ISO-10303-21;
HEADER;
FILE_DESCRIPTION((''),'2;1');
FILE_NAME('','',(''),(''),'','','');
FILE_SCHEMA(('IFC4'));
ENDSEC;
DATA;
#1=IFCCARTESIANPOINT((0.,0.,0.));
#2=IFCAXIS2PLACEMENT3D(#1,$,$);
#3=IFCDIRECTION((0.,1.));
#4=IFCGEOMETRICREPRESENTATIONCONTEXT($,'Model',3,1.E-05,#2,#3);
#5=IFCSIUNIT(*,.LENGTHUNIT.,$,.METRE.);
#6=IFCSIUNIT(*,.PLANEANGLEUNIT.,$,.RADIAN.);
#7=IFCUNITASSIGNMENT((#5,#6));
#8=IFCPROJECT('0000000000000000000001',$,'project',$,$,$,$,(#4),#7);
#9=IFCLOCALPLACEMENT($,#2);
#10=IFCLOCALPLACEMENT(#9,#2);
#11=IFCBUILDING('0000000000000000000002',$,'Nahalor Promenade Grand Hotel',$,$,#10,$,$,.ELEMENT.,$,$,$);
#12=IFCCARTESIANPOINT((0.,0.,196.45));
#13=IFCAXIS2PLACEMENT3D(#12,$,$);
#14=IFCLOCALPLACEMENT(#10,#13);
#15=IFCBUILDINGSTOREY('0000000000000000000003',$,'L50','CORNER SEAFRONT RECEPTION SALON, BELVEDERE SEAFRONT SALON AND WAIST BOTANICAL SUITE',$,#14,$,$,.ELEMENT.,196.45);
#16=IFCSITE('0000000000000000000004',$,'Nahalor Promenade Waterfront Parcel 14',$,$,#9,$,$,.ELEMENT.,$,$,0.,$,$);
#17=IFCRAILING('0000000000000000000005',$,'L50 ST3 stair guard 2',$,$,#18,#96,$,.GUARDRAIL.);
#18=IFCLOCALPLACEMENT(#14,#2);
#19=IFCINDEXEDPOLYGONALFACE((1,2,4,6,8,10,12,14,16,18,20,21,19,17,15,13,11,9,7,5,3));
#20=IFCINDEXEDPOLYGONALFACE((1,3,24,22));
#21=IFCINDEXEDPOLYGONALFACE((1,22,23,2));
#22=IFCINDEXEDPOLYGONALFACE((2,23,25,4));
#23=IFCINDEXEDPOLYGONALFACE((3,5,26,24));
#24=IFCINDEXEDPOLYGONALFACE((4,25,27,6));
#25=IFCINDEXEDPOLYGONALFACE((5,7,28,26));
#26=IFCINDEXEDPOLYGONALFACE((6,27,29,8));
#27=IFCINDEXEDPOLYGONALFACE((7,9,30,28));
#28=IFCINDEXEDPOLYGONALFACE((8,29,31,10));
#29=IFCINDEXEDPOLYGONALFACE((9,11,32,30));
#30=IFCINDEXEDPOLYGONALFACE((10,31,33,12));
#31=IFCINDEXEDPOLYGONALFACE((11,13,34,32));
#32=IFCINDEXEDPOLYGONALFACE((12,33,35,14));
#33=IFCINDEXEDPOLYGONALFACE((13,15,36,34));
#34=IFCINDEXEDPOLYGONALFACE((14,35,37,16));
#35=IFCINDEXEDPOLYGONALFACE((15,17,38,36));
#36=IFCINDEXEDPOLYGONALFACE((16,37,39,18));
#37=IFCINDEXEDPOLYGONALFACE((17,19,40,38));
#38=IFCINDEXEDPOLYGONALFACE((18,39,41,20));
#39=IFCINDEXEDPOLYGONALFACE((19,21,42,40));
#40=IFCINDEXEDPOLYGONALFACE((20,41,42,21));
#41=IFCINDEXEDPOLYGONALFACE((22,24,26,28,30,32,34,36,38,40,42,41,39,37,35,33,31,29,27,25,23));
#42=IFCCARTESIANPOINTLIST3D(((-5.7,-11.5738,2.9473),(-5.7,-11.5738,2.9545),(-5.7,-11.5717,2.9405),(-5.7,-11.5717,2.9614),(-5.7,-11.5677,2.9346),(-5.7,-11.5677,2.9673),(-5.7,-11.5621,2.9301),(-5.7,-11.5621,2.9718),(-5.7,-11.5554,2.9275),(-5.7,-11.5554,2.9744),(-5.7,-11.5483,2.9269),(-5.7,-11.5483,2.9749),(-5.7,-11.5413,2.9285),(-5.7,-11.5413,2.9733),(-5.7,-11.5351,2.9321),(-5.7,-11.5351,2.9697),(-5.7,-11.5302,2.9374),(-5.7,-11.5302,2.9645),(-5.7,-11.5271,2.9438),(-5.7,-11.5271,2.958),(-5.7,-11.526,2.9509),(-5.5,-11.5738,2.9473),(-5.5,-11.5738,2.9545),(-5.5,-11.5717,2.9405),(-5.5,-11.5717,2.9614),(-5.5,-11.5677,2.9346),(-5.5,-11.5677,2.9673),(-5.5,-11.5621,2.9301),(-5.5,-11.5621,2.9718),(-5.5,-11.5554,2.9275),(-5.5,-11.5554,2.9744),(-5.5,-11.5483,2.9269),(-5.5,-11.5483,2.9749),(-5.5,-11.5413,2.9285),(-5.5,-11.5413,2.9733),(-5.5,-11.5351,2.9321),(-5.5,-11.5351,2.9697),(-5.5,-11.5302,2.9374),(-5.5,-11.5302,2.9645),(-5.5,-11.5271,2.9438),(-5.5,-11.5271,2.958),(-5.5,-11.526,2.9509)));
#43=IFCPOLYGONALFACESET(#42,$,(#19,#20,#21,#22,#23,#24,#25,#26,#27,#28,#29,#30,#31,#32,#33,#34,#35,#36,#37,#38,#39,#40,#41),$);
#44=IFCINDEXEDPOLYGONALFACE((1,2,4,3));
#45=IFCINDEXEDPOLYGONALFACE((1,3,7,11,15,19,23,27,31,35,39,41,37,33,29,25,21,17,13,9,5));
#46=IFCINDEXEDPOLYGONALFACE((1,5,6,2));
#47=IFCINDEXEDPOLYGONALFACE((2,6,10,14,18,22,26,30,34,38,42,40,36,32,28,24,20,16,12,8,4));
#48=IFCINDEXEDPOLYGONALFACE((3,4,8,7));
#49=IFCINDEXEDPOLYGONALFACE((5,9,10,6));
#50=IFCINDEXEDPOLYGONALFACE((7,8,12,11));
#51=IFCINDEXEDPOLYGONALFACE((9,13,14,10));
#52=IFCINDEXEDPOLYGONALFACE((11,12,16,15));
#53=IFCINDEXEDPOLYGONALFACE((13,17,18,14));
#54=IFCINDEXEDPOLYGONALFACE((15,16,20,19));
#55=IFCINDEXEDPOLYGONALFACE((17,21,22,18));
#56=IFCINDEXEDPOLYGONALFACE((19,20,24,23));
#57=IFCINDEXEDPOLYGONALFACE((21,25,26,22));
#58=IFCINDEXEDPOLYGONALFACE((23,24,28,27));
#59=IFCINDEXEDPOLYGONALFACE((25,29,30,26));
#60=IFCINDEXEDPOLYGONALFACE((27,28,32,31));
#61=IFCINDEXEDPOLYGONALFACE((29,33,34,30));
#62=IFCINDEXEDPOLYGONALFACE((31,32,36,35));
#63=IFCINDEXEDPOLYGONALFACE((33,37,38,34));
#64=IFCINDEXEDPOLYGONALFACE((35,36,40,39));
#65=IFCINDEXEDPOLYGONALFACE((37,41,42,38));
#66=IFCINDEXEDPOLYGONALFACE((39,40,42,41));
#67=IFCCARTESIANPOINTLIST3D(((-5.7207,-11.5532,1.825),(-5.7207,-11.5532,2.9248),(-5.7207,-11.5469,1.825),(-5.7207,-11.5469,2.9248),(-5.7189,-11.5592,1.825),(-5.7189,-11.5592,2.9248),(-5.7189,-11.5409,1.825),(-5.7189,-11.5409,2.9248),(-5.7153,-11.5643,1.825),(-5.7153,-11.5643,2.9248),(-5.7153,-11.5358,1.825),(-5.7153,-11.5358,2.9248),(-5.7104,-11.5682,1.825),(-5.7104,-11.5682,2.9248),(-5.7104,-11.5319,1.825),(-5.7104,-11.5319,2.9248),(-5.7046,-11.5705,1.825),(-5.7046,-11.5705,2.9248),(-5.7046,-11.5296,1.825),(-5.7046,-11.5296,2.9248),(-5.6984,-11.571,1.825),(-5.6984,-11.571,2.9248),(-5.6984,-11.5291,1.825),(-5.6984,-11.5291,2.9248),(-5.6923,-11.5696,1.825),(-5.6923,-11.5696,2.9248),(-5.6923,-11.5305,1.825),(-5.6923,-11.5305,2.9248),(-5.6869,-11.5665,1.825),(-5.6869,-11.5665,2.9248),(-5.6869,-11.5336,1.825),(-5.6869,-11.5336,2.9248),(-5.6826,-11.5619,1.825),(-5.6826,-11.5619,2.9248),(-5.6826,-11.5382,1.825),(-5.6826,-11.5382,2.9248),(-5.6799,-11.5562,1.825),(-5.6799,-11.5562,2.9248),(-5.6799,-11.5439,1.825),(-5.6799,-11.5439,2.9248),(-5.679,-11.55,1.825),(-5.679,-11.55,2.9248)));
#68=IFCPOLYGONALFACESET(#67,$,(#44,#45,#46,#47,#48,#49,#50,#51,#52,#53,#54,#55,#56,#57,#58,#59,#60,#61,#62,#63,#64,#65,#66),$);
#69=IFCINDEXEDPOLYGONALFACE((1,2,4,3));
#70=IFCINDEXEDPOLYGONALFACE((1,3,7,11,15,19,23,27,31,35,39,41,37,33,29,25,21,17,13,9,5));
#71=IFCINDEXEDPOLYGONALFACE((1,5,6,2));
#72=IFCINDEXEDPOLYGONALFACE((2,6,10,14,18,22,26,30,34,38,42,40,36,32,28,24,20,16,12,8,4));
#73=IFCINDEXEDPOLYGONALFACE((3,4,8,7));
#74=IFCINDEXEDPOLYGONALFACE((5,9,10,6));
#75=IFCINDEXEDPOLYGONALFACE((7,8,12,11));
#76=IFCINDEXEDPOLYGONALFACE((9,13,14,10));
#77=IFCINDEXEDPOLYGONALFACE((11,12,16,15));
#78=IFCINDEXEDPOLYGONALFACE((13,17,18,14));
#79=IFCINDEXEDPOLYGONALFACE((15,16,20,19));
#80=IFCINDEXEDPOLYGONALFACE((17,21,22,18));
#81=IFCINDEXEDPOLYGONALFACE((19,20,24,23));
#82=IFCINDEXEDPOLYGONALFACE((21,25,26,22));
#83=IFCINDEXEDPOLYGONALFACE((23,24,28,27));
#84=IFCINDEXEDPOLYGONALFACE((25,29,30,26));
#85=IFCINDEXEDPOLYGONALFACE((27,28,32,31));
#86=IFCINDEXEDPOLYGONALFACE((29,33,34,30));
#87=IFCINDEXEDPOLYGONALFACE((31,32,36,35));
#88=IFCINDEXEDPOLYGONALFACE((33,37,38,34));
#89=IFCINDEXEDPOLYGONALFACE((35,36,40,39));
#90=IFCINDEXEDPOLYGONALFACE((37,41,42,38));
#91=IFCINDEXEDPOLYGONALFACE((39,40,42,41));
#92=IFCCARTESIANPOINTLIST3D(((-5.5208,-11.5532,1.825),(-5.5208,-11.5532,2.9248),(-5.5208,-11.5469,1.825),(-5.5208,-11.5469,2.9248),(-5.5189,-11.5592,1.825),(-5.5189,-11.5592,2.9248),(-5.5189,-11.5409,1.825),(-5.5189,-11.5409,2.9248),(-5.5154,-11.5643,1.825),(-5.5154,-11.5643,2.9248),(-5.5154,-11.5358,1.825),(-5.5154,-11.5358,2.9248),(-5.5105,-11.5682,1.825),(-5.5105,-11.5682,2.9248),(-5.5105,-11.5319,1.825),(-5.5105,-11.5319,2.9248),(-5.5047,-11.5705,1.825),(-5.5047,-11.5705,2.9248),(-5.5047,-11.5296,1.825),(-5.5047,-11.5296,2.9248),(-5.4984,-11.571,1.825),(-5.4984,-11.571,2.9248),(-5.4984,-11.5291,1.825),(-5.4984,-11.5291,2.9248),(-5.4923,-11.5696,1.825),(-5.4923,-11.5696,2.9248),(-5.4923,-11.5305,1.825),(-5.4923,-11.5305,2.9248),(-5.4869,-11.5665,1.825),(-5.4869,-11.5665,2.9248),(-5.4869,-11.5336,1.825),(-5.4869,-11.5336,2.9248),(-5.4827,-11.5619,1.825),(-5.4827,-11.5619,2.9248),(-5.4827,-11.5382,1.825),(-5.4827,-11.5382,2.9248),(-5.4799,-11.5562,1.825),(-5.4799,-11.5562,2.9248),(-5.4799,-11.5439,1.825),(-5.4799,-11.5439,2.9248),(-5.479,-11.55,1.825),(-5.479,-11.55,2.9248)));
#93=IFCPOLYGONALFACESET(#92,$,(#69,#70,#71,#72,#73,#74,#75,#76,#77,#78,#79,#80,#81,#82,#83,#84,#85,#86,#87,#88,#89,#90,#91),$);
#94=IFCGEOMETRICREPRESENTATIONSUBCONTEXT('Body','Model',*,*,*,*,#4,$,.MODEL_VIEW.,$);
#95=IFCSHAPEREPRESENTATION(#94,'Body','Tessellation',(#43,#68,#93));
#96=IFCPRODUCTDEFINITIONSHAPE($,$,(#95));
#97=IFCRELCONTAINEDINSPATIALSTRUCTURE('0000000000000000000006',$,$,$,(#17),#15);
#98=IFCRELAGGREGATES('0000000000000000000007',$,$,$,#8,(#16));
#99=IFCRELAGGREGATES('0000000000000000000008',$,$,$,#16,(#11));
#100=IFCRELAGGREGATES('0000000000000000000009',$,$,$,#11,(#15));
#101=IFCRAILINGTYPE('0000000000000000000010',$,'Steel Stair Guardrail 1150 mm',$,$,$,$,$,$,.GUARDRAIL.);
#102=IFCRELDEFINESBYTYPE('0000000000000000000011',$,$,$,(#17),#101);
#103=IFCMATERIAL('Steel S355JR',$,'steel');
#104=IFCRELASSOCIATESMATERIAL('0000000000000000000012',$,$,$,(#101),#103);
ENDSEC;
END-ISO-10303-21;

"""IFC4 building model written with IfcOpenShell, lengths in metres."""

from ifc_helpers import new_model, si_unit, direction, frame, origin, origin_2d, place, context, subcontext, project, spatial, circle, extrude, material, type_object, element, save


model = new_model("IFC4")

# Units and contexts
model_context = context("Model", 3, precision=1e-05, world=origin(), true_north=direction((0.0, 1.0)))
body_context = subcontext(model_context, "Body", "Model", "MODEL_VIEW")
ifc_project = project(units=[si_unit("LENGTHUNIT", "METRE"), si_unit("PLANEANGLEUNIT", "RADIAN")], contexts=[model_context])

# Site, building, storey
site_placement = place(None, origin())
site = spatial("IfcSite", under=ifc_project, at=site_placement, Name="Nahalor Promenade Waterfront Parcel 14", CompositionType="ELEMENT", RefElevation=0.0)
building_placement = place(site_placement, origin())
building = spatial("IfcBuilding", under=site, at=building_placement, Name="Nahalor Promenade Grand Hotel", CompositionType="ELEMENT")
storey_placement = place(building_placement, frame((0.0, 0.0, 196.45)))
storey = spatial("IfcBuildingStorey", under=building, at=storey_placement, Name="L50", Description="CORNER SEAFRONT RECEPTION SALON, BELVEDERE SEAFRONT SALON AND WAIST BOTANICAL SUITE", CompositionType="ELEMENT", Elevation=196.45)

# Shared definitions
ifc_material_1 = material(Name="Steel S355JR", Category="steel")

# Railing
railing_type_1 = type_object("IfcRailingType", Name="Steel Stair Guardrail 1150 mm", PredefinedType="GUARDRAIL", material=ifc_material_1)
railing_1_placement = place(storey_placement, frame((-5.7, -11.55, 1.825)))
element("IfcRailing", 1, at=railing_1_placement, inside=storey, type_object=railing_type_1, Name="L50 ST3 stair guard 2", PredefinedType="GUARDRAIL", context=body_context, shape_type="SweptSolid", body=[
    extrude(circle(Radius=0.024, at=origin_2d()), frame((0.0, 0.0, 1.126), z_axis=(1.0, 0.0, 0.0), x_axis=(0.0, 1.0, 0.0)), (0.0, 0.0, 1.0), 0.2),
    extrude(circle(Radius=0.021, at=origin_2d()), origin(), (0.0, 0.0, 1.0), 1.0999),
    extrude(circle(Radius=0.021, at=origin_2d()), frame((0.2, 0.0, 0.0)), (0.0, 0.0, 1.0), 1.0999),
])

save(model, "model.ifc")
